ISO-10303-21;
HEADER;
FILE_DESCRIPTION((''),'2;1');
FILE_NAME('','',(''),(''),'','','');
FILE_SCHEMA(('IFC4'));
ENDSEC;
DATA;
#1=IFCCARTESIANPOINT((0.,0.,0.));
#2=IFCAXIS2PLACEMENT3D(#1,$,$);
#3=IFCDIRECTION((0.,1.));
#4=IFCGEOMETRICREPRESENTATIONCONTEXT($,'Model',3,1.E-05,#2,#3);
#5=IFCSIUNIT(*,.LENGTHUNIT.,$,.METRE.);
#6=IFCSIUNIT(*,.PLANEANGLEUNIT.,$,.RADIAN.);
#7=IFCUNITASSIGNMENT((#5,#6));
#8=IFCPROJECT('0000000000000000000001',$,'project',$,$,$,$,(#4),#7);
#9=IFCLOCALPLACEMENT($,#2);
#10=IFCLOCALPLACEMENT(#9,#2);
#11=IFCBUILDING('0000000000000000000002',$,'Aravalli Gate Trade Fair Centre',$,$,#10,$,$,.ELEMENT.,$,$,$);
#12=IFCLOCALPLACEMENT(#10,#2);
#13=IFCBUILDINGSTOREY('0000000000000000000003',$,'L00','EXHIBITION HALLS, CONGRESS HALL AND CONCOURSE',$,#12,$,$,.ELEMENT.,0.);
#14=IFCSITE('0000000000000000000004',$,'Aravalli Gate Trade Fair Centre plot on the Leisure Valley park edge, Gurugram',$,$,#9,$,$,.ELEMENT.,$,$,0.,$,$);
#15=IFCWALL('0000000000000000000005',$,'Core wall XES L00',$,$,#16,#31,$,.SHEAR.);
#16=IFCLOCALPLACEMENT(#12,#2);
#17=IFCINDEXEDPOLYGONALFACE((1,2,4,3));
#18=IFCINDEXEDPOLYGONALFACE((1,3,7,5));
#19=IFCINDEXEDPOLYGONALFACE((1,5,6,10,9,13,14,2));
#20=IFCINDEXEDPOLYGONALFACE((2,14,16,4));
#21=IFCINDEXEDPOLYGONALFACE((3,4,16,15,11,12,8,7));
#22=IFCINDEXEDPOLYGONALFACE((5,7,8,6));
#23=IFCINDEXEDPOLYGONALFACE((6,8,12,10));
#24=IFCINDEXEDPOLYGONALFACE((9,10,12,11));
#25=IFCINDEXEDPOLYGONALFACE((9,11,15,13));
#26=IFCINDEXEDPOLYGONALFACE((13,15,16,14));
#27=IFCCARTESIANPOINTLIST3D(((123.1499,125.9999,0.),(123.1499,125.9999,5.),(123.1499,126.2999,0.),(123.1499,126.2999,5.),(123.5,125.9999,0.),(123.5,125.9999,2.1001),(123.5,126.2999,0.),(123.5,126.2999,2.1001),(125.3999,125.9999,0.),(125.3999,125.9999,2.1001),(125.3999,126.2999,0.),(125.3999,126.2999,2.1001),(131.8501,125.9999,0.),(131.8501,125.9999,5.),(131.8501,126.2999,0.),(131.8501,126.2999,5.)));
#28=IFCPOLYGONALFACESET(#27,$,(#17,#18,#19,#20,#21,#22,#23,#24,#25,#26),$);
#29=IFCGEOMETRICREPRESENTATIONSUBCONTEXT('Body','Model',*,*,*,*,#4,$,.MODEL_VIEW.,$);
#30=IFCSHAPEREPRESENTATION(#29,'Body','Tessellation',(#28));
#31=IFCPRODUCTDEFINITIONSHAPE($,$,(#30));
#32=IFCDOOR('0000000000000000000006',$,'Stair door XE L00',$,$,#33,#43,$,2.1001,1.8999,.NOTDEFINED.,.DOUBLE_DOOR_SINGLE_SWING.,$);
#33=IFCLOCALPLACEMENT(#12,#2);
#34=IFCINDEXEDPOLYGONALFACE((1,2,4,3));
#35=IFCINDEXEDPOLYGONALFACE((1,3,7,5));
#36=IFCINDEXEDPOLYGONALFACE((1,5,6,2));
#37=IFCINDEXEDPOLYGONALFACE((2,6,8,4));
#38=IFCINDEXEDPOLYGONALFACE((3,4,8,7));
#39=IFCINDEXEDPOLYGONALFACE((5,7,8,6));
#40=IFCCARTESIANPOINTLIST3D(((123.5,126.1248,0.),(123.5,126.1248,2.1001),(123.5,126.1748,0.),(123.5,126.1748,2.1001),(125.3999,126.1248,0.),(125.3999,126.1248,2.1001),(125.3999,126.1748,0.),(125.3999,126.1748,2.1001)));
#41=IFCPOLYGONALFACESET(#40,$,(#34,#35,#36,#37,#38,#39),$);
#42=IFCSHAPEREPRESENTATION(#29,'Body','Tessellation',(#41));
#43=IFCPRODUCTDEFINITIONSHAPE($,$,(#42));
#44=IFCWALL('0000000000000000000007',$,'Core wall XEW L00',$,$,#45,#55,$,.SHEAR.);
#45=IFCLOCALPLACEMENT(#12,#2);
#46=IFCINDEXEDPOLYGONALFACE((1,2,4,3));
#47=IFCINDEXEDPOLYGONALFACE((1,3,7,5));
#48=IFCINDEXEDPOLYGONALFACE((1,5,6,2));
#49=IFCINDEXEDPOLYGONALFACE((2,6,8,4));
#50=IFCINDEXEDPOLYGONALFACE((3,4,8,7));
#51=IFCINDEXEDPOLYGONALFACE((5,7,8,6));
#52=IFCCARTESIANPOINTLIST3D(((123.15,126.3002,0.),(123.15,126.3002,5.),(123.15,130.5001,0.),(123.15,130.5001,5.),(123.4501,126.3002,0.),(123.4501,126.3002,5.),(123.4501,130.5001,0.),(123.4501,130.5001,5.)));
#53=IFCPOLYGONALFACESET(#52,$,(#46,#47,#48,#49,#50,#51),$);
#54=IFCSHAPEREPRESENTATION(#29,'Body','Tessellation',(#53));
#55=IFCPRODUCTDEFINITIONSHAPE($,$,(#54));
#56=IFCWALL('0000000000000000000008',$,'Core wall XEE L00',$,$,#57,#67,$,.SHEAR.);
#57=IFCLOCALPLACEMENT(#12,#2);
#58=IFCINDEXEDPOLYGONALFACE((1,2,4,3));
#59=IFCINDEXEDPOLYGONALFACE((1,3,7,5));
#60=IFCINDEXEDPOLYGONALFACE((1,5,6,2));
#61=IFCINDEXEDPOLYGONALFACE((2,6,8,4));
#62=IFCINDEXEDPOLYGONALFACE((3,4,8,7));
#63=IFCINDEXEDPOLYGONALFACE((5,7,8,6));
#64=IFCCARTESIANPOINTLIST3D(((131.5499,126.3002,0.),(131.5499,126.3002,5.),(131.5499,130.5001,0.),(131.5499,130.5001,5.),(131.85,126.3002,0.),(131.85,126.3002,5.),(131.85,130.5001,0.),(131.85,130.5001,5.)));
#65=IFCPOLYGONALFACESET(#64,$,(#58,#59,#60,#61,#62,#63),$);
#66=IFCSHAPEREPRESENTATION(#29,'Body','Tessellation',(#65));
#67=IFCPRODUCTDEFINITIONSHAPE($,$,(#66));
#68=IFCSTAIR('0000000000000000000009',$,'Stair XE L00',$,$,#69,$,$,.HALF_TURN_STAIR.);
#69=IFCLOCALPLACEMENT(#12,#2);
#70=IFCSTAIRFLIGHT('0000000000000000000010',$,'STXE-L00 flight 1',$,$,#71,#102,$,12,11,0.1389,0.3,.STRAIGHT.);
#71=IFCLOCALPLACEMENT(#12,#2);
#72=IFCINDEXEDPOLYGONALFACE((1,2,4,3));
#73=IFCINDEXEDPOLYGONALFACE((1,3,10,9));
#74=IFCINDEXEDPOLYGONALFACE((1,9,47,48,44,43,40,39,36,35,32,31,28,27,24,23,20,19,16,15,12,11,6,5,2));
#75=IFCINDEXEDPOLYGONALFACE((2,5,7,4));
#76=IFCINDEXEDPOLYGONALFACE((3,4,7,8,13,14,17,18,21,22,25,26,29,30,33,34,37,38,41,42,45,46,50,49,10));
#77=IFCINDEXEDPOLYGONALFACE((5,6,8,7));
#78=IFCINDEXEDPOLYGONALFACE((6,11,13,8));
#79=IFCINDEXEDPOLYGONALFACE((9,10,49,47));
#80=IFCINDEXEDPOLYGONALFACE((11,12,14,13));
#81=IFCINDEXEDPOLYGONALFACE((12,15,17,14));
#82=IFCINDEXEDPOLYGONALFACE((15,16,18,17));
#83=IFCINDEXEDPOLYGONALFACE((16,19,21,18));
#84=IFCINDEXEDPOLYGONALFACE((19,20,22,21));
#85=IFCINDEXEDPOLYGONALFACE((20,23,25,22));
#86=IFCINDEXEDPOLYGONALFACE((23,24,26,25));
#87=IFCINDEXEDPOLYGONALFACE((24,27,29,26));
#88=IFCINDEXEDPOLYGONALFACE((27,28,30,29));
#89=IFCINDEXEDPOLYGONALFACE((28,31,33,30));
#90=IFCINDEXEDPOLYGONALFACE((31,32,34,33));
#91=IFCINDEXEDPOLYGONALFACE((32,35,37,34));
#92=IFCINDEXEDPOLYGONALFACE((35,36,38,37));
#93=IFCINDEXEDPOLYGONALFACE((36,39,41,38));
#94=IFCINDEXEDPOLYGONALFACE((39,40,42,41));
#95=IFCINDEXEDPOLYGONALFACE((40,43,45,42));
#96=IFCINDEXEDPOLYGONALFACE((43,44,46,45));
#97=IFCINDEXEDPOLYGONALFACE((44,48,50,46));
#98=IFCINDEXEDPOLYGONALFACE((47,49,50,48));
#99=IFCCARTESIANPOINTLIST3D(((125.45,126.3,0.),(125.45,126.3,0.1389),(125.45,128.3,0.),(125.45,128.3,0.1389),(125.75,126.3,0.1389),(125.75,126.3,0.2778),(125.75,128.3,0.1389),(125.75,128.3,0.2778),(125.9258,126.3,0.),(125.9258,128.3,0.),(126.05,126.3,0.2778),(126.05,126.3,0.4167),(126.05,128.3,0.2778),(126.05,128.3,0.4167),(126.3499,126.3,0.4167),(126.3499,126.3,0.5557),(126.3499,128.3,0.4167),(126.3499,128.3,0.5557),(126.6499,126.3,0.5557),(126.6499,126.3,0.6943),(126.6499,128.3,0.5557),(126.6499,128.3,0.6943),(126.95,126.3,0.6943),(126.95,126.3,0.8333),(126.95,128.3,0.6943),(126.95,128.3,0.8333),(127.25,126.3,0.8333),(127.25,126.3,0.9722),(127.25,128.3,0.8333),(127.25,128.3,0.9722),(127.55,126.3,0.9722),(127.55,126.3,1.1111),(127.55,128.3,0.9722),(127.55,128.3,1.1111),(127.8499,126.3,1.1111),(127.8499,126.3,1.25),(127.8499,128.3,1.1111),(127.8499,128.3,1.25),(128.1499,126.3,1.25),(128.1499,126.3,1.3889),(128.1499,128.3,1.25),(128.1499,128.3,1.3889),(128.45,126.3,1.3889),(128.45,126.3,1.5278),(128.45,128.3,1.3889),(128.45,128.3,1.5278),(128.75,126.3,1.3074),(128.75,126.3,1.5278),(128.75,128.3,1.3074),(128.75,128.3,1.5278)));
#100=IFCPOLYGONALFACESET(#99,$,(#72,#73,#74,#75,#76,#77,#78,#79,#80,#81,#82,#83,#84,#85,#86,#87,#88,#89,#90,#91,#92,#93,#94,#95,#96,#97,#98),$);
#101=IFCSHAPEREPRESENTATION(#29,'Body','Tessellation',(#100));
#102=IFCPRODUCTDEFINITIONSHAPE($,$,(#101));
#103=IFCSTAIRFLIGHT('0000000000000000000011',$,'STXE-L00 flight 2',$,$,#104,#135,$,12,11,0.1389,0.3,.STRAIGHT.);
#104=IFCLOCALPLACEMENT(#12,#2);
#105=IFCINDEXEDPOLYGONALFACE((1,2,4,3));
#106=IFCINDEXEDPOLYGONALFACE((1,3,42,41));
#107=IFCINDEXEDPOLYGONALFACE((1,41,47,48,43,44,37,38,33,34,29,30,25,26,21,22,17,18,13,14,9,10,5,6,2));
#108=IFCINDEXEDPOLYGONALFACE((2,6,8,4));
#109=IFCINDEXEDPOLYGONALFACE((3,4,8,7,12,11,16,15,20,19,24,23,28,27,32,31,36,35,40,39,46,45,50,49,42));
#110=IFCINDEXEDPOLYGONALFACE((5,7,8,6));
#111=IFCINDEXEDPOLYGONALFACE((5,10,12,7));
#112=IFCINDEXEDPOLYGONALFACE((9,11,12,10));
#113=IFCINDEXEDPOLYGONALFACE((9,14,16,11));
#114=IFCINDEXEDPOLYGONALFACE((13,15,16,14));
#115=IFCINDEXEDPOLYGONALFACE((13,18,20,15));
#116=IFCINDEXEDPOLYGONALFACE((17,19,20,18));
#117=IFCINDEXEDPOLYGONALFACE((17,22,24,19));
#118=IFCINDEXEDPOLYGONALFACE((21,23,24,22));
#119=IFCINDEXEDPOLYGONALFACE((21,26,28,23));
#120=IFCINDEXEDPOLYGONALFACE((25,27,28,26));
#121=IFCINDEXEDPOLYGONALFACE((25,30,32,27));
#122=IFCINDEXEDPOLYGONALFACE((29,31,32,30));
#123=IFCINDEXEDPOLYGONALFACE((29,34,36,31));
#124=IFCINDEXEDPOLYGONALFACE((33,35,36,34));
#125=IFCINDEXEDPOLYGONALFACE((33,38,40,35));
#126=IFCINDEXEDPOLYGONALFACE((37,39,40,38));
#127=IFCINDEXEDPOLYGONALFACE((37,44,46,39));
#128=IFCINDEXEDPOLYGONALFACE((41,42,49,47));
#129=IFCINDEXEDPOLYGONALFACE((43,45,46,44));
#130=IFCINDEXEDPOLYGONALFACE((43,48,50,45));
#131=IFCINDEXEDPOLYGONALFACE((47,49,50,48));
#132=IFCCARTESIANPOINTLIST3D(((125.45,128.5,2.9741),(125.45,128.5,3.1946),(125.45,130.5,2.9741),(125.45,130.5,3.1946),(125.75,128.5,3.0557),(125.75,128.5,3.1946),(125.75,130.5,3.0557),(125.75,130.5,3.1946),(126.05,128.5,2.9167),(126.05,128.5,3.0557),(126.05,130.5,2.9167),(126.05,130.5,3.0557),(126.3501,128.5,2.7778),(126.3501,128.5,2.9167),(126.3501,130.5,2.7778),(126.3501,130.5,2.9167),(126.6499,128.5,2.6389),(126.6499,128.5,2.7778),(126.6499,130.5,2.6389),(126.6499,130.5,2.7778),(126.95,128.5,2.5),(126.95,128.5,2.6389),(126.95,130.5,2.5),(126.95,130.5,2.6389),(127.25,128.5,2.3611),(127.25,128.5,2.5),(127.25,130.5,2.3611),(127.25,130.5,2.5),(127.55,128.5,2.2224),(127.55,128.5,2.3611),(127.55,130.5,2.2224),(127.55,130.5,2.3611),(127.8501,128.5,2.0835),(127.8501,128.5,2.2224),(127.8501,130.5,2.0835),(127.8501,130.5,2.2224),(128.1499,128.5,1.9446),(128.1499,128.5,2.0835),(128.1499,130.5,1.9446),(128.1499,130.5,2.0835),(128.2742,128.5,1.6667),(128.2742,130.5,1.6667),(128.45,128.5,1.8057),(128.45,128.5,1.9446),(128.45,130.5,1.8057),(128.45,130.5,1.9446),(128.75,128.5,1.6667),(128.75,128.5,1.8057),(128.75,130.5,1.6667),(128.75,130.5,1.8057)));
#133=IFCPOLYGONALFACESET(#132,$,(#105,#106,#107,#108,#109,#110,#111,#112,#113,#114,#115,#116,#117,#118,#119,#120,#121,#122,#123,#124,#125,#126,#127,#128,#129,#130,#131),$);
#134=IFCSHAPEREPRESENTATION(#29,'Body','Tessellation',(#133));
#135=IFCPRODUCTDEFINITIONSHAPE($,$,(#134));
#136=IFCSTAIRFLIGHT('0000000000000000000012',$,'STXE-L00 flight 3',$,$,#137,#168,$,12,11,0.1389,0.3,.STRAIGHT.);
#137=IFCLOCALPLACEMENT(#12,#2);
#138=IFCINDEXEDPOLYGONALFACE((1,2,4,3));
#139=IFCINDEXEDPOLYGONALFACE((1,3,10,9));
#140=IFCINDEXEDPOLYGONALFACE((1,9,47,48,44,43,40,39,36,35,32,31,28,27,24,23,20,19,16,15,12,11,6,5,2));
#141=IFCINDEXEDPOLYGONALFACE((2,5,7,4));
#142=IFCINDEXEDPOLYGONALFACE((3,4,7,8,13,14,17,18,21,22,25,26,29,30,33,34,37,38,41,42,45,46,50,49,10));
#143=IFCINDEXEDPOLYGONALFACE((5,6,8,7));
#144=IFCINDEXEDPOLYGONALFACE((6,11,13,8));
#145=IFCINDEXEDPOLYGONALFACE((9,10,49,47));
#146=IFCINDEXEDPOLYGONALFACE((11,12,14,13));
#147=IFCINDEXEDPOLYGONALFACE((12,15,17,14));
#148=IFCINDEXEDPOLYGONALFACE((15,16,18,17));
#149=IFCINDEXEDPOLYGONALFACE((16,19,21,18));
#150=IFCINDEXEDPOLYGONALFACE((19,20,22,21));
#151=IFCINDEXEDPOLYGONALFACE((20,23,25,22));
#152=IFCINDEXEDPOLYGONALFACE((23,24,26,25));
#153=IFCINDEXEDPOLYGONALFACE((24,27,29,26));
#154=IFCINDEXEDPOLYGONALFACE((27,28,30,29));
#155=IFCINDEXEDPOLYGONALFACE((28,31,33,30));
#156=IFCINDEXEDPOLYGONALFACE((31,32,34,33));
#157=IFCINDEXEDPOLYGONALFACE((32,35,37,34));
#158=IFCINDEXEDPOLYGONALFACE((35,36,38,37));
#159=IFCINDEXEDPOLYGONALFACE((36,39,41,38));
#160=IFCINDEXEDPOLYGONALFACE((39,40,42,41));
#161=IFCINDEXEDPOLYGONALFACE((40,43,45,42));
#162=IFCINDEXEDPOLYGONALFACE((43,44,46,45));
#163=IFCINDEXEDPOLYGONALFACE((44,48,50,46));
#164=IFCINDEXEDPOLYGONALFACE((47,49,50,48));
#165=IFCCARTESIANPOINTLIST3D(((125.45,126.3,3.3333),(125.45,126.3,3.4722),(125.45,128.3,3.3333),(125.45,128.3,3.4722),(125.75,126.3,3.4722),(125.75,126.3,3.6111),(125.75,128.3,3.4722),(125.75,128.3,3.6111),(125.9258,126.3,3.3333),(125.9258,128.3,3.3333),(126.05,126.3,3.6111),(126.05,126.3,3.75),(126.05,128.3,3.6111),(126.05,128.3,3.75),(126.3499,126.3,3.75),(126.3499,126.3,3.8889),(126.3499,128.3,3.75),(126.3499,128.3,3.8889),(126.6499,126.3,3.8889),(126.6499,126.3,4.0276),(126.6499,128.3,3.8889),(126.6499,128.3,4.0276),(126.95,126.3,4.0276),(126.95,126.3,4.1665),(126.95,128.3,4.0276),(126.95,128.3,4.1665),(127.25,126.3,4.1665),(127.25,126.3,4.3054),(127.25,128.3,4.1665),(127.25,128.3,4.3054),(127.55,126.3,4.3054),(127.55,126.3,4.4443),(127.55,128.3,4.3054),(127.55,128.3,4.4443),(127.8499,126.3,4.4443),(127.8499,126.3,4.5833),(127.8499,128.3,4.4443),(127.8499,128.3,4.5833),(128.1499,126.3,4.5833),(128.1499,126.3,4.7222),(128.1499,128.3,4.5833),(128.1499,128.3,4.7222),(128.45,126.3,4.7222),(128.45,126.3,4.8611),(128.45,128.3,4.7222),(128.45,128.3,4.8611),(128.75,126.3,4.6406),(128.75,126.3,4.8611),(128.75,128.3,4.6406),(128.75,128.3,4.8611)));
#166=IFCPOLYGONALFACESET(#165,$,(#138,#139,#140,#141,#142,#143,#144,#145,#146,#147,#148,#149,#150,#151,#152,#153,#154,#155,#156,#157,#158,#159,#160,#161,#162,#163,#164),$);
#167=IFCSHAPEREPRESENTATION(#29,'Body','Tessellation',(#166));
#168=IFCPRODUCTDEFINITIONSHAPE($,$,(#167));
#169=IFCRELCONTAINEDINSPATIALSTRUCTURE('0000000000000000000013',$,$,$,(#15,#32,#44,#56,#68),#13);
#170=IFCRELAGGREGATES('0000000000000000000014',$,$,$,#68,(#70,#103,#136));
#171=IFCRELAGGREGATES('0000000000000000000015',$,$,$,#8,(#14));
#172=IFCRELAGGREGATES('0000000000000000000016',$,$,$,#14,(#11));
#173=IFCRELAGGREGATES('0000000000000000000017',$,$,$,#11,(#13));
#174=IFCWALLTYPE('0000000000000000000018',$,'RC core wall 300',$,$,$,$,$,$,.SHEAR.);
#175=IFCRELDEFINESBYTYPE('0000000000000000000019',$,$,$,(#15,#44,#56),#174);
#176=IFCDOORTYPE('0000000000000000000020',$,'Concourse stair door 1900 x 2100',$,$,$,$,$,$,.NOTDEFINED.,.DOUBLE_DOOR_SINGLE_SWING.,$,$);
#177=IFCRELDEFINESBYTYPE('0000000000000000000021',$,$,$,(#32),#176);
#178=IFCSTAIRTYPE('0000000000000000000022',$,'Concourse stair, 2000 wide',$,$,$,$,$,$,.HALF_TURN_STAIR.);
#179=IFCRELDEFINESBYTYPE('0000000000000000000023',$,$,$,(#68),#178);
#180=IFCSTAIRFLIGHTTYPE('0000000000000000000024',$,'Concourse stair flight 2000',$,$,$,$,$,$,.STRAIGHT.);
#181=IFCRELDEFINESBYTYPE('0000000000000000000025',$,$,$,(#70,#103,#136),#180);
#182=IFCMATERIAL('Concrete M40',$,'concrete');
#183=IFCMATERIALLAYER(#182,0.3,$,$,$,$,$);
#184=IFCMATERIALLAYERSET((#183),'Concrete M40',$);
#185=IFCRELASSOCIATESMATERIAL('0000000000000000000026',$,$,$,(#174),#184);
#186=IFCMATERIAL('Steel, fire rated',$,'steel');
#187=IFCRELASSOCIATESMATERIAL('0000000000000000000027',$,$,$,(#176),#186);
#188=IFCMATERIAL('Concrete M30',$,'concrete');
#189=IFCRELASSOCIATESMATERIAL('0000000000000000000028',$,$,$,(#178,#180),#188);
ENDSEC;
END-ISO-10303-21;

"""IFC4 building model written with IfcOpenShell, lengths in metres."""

from ifc_helpers import new_model, si_unit, direction, frame, frame_2d, origin, place, context, subcontext, project, spatial, polyline, rectangle, outline, extrude, material, layer, layer_set, type_object, element, fill, aggregate, save


model = new_model("IFC4")

# Units and contexts
model_context = context("Model", 3, precision=1e-05, world=origin(), true_north=direction((0.0, 1.0)))
body_context = subcontext(model_context, "Body", "Model", "MODEL_VIEW")
ifc_project = project(units=[si_unit("LENGTHUNIT", "METRE"), si_unit("PLANEANGLEUNIT", "RADIAN")], contexts=[model_context])

# Site, building, storey
site_placement = place(None, origin())
site = spatial("IfcSite", under=ifc_project, at=site_placement, Name="Aravalli Gate Trade Fair Centre plot on the Leisure Valley park edge, Gurugram", CompositionType="ELEMENT", RefElevation=0.0)
building_placement = place(site_placement, origin())
building = spatial("IfcBuilding", under=site, at=building_placement, Name="Aravalli Gate Trade Fair Centre", CompositionType="ELEMENT")
storey_placement = place(building_placement, origin())
storey = spatial("IfcBuildingStorey", under=building, at=storey_placement, Name="L00", Description="EXHIBITION HALLS, CONGRESS HALL AND CONCOURSE", CompositionType="ELEMENT", Elevation=0.0)

# Shared definitions
ifc_material_1 = material(Name="Steel, fire rated", Category="steel")

# Wall, opening, door
ifc_material_2 = material(Name="Concrete M40", Category="concrete")
ifc_layer_1 = layer(ifc_material_2, 0.3)
ifc_layer_set_1 = layer_set([ifc_layer_1], Name="Concrete M40")
wall_type_1 = type_object("IfcWallType", Name="RC core wall 300", PredefinedType="SHEAR", material=ifc_layer_set_1)
wall_1_placement = place(storey_placement, frame((123.1499, 126.1499, 0.0), z_axis=(0.0, 0.0, 1.0), x_axis=(1.0, 0.0, 0.0)))
wall_1 = element("IfcWall", 1, at=wall_1_placement, inside=storey, type_object=wall_type_1, Name="Core wall XES L00", PredefinedType="SHEAR", context=body_context, shape_type="SweptSolid", body=[
    extrude(rectangle(XDim=8.7002, YDim=0.3, at=frame_2d((4.3501, 0.0))), origin(), (0.0, 0.0, 1.0), 5.0),
])
opening_1_placement = place(wall_1_placement, frame((0.3501, 0.0, 0.0)))
opening_1 = element("IfcOpeningElement", 2, at=opening_1_placement, cuts=wall_1, PredefinedType="OPENING", context=body_context, shape_type="SweptSolid", body=[
    extrude(rectangle(XDim=1.8999, YDim=2.1001, at=frame_2d((0.95, 1.05))), frame((0.0, 0.1599, 0.0), z_axis=(0.0, -1.0, 0.0), x_axis=(1.0, 0.0, 0.0)), (0.0, 0.0, 1.0), 0.3201),
])
door_type_1 = type_object("IfcDoorType", Name="Concourse stair door 1900 x 2100", OperationType="DOUBLE_DOOR_SINGLE_SWING", PredefinedType="NOTDEFINED", material=ifc_material_1)
door_1_placement = place(opening_1_placement, origin())
door_1 = element("IfcDoor", 3, at=door_1_placement, inside=storey, type_object=door_type_1, Name="Stair door XE L00", OperationType="DOUBLE_DOOR_SINGLE_SWING", OverallHeight=2.1001, OverallWidth=1.8999, PredefinedType="NOTDEFINED", context=body_context, shape_type="SweptSolid", body=[
    extrude(rectangle(XDim=1.8999, YDim=2.1001, at=frame_2d((0.95, 1.05))), frame((0.0, 0.0249, 0.0), z_axis=(0.0, -1.0, 0.0), x_axis=(1.0, 0.0, 0.0)), (0.0, 0.0, 1.0), 0.05),
])
fill(opening_1, door_1)

# Walls
for number, where, z_axis, x_axis, name in (
    (4, (123.3, 126.3, 0.0), (0.0, 0.0, 1.0), (0.0, 1.0, 0.0), "Core wall XEW L00"),
    (5, (131.7, 126.3, 0.0), (0.0, 0.0, 1.0), (0.0, 1.0, 0.0), "Core wall XEE L00"),
):
    element("IfcWall", number, at=place(storey_placement, frame(where, z_axis=z_axis, x_axis=x_axis)), inside=storey, type_object=wall_type_1, Name=name, PredefinedType="SHEAR", context=body_context, shape_type="SweptSolid", body=[
        extrude(rectangle(XDim=4.2, YDim=0.3, at=frame_2d((2.1001, 0.0))), origin(), (0.0, 0.0, 1.0), 5.0),
    ])

# Stair, stair flights
ifc_material_3 = material(Name="Concrete M30", Category="concrete")
stair_type = type_object("IfcStairType", Name="Concourse stair, 2000 wide", PredefinedType="HALF_TURN_STAIR", material=ifc_material_3)
stair_placement = place(storey_placement, origin())
stair = element("IfcStair", 6, at=stair_placement, inside=storey, type_object=stair_type, Name="Stair XE L00", PredefinedType="HALF_TURN_STAIR")
stair_flight_type = type_object("IfcStairFlightType", Name="Concourse stair flight 2000", PredefinedType="STRAIGHT", material=ifc_material_3)
stair_flight_1_placement = place(storey_placement, frame((125.45, 127.3, 0.0), z_axis=(0.0, 0.0, 1.0), x_axis=(1.0, 0.0, 0.0)))
stair_flight_1 = element("IfcStairFlight", 7, at=stair_flight_1_placement, type_object=stair_flight_type, Name="STXE-L00 flight 1", NumberOfRisers=12, NumberOfTreads=11, PredefinedType="STRAIGHT", RiserHeight=0.1389, TreadLength=0.3, context=body_context, shape_type="SweptSolid", body=[
    extrude(outline(polyline([(0.0, 0.0), (0.0, 0.1389), (0.3, 0.1389), (0.3, 0.2778), (0.6001, 0.2778), (0.6001, 0.4167), (0.8999, 0.4167), (0.8999, 0.5557), (1.2, 0.5557), (1.2, 0.6943), (1.5, 0.6943), (1.5, 0.8333), (1.8, 0.8333), (1.8, 0.9722), (2.1001, 0.9722), (2.1001, 1.1111), (2.3999, 1.1111), (2.3999, 1.25), (2.7, 1.25), (2.7, 1.3889), (3.0, 1.3889), (3.0, 1.5278), (3.3, 1.5278), (3.3, 1.6667), (3.3, 1.3074), (0.4758, 0.0), (0.0, 0.0)])), frame((0.0, 1.0, 0.0), z_axis=(0.0, -1.0, 0.0), x_axis=(1.0, 0.0, 0.0)), (0.0, 0.0, 1.0), 2.0),
])
stair_flight_2_placement = place(storey_placement, frame((128.75, 129.5, 1.6667), z_axis=(0.0, 0.0, 1.0), x_axis=(-1.0, 0.0, 0.0)))
stair_flight_2 = element("IfcStairFlight", 8, at=stair_flight_2_placement, type_object=stair_flight_type, Name="STXE-L00 flight 2", NumberOfRisers=12, NumberOfTreads=11, PredefinedType="STRAIGHT", RiserHeight=0.1389, TreadLength=0.3, context=body_context, shape_type="SweptSolid", body=[
    extrude(outline(polyline([(0.0, 0.0), (0.0, 0.1389), (0.3, 0.1389), (0.3, 0.2778), (0.6001, 0.2778), (0.6001, 0.4167), (0.8999, 0.4167), (0.8999, 0.5557), (1.2, 0.5557), (1.2, 0.6943), (1.5, 0.6943), (1.5, 0.8333), (1.8, 0.8333), (1.8, 0.9722), (2.1001, 0.9722), (2.1001, 1.1111), (2.3999, 1.1111), (2.3999, 1.25), (2.7, 1.25), (2.7, 1.3889), (3.0, 1.3889), (3.0, 1.5278), (3.3, 1.5278), (3.3, 1.6667), (3.3, 1.3074), (0.4758, 0.0), (0.0, 0.0)])), frame((0.0, 1.0, 0.0), z_axis=(0.0, -1.0, 0.0), x_axis=(1.0, 0.0, 0.0)), (0.0, 0.0, 1.0), 2.0),
])
stair_flight_3_placement = place(storey_placement, frame((125.45, 127.3, 3.3333), z_axis=(0.0, 0.0, 1.0), x_axis=(1.0, 0.0, 0.0)))
stair_flight_3 = element("IfcStairFlight", 9, at=stair_flight_3_placement, type_object=stair_flight_type, Name="STXE-L00 flight 3", NumberOfRisers=12, NumberOfTreads=11, PredefinedType="STRAIGHT", RiserHeight=0.1389, TreadLength=0.3, context=body_context, shape_type="SweptSolid", body=[
    extrude(outline(polyline([(0.0, 0.0), (0.0, 0.1389), (0.3, 0.1389), (0.3, 0.2778), (0.6001, 0.2778), (0.6001, 0.4167), (0.8999, 0.4167), (0.8999, 0.5557), (1.2, 0.5557), (1.2, 0.6943), (1.5, 0.6943), (1.5, 0.8333), (1.8, 0.8333), (1.8, 0.9722), (2.1001, 0.9722), (2.1001, 1.1111), (2.3999, 1.1111), (2.3999, 1.25), (2.7, 1.25), (2.7, 1.3889), (3.0, 1.3889), (3.0, 1.5278), (3.3, 1.5278), (3.3, 1.6667), (3.3, 1.3074), (0.4758, 0.0), (0.0, 0.0)])), frame((0.0, 1.0, 0.0), z_axis=(0.0, -1.0, 0.0), x_axis=(1.0, 0.0, 0.0)), (0.0, 0.0, 1.0), 2.0),
])
aggregate(stair, [stair_flight_1, stair_flight_2, stair_flight_3])

save(model, "model.ifc")
